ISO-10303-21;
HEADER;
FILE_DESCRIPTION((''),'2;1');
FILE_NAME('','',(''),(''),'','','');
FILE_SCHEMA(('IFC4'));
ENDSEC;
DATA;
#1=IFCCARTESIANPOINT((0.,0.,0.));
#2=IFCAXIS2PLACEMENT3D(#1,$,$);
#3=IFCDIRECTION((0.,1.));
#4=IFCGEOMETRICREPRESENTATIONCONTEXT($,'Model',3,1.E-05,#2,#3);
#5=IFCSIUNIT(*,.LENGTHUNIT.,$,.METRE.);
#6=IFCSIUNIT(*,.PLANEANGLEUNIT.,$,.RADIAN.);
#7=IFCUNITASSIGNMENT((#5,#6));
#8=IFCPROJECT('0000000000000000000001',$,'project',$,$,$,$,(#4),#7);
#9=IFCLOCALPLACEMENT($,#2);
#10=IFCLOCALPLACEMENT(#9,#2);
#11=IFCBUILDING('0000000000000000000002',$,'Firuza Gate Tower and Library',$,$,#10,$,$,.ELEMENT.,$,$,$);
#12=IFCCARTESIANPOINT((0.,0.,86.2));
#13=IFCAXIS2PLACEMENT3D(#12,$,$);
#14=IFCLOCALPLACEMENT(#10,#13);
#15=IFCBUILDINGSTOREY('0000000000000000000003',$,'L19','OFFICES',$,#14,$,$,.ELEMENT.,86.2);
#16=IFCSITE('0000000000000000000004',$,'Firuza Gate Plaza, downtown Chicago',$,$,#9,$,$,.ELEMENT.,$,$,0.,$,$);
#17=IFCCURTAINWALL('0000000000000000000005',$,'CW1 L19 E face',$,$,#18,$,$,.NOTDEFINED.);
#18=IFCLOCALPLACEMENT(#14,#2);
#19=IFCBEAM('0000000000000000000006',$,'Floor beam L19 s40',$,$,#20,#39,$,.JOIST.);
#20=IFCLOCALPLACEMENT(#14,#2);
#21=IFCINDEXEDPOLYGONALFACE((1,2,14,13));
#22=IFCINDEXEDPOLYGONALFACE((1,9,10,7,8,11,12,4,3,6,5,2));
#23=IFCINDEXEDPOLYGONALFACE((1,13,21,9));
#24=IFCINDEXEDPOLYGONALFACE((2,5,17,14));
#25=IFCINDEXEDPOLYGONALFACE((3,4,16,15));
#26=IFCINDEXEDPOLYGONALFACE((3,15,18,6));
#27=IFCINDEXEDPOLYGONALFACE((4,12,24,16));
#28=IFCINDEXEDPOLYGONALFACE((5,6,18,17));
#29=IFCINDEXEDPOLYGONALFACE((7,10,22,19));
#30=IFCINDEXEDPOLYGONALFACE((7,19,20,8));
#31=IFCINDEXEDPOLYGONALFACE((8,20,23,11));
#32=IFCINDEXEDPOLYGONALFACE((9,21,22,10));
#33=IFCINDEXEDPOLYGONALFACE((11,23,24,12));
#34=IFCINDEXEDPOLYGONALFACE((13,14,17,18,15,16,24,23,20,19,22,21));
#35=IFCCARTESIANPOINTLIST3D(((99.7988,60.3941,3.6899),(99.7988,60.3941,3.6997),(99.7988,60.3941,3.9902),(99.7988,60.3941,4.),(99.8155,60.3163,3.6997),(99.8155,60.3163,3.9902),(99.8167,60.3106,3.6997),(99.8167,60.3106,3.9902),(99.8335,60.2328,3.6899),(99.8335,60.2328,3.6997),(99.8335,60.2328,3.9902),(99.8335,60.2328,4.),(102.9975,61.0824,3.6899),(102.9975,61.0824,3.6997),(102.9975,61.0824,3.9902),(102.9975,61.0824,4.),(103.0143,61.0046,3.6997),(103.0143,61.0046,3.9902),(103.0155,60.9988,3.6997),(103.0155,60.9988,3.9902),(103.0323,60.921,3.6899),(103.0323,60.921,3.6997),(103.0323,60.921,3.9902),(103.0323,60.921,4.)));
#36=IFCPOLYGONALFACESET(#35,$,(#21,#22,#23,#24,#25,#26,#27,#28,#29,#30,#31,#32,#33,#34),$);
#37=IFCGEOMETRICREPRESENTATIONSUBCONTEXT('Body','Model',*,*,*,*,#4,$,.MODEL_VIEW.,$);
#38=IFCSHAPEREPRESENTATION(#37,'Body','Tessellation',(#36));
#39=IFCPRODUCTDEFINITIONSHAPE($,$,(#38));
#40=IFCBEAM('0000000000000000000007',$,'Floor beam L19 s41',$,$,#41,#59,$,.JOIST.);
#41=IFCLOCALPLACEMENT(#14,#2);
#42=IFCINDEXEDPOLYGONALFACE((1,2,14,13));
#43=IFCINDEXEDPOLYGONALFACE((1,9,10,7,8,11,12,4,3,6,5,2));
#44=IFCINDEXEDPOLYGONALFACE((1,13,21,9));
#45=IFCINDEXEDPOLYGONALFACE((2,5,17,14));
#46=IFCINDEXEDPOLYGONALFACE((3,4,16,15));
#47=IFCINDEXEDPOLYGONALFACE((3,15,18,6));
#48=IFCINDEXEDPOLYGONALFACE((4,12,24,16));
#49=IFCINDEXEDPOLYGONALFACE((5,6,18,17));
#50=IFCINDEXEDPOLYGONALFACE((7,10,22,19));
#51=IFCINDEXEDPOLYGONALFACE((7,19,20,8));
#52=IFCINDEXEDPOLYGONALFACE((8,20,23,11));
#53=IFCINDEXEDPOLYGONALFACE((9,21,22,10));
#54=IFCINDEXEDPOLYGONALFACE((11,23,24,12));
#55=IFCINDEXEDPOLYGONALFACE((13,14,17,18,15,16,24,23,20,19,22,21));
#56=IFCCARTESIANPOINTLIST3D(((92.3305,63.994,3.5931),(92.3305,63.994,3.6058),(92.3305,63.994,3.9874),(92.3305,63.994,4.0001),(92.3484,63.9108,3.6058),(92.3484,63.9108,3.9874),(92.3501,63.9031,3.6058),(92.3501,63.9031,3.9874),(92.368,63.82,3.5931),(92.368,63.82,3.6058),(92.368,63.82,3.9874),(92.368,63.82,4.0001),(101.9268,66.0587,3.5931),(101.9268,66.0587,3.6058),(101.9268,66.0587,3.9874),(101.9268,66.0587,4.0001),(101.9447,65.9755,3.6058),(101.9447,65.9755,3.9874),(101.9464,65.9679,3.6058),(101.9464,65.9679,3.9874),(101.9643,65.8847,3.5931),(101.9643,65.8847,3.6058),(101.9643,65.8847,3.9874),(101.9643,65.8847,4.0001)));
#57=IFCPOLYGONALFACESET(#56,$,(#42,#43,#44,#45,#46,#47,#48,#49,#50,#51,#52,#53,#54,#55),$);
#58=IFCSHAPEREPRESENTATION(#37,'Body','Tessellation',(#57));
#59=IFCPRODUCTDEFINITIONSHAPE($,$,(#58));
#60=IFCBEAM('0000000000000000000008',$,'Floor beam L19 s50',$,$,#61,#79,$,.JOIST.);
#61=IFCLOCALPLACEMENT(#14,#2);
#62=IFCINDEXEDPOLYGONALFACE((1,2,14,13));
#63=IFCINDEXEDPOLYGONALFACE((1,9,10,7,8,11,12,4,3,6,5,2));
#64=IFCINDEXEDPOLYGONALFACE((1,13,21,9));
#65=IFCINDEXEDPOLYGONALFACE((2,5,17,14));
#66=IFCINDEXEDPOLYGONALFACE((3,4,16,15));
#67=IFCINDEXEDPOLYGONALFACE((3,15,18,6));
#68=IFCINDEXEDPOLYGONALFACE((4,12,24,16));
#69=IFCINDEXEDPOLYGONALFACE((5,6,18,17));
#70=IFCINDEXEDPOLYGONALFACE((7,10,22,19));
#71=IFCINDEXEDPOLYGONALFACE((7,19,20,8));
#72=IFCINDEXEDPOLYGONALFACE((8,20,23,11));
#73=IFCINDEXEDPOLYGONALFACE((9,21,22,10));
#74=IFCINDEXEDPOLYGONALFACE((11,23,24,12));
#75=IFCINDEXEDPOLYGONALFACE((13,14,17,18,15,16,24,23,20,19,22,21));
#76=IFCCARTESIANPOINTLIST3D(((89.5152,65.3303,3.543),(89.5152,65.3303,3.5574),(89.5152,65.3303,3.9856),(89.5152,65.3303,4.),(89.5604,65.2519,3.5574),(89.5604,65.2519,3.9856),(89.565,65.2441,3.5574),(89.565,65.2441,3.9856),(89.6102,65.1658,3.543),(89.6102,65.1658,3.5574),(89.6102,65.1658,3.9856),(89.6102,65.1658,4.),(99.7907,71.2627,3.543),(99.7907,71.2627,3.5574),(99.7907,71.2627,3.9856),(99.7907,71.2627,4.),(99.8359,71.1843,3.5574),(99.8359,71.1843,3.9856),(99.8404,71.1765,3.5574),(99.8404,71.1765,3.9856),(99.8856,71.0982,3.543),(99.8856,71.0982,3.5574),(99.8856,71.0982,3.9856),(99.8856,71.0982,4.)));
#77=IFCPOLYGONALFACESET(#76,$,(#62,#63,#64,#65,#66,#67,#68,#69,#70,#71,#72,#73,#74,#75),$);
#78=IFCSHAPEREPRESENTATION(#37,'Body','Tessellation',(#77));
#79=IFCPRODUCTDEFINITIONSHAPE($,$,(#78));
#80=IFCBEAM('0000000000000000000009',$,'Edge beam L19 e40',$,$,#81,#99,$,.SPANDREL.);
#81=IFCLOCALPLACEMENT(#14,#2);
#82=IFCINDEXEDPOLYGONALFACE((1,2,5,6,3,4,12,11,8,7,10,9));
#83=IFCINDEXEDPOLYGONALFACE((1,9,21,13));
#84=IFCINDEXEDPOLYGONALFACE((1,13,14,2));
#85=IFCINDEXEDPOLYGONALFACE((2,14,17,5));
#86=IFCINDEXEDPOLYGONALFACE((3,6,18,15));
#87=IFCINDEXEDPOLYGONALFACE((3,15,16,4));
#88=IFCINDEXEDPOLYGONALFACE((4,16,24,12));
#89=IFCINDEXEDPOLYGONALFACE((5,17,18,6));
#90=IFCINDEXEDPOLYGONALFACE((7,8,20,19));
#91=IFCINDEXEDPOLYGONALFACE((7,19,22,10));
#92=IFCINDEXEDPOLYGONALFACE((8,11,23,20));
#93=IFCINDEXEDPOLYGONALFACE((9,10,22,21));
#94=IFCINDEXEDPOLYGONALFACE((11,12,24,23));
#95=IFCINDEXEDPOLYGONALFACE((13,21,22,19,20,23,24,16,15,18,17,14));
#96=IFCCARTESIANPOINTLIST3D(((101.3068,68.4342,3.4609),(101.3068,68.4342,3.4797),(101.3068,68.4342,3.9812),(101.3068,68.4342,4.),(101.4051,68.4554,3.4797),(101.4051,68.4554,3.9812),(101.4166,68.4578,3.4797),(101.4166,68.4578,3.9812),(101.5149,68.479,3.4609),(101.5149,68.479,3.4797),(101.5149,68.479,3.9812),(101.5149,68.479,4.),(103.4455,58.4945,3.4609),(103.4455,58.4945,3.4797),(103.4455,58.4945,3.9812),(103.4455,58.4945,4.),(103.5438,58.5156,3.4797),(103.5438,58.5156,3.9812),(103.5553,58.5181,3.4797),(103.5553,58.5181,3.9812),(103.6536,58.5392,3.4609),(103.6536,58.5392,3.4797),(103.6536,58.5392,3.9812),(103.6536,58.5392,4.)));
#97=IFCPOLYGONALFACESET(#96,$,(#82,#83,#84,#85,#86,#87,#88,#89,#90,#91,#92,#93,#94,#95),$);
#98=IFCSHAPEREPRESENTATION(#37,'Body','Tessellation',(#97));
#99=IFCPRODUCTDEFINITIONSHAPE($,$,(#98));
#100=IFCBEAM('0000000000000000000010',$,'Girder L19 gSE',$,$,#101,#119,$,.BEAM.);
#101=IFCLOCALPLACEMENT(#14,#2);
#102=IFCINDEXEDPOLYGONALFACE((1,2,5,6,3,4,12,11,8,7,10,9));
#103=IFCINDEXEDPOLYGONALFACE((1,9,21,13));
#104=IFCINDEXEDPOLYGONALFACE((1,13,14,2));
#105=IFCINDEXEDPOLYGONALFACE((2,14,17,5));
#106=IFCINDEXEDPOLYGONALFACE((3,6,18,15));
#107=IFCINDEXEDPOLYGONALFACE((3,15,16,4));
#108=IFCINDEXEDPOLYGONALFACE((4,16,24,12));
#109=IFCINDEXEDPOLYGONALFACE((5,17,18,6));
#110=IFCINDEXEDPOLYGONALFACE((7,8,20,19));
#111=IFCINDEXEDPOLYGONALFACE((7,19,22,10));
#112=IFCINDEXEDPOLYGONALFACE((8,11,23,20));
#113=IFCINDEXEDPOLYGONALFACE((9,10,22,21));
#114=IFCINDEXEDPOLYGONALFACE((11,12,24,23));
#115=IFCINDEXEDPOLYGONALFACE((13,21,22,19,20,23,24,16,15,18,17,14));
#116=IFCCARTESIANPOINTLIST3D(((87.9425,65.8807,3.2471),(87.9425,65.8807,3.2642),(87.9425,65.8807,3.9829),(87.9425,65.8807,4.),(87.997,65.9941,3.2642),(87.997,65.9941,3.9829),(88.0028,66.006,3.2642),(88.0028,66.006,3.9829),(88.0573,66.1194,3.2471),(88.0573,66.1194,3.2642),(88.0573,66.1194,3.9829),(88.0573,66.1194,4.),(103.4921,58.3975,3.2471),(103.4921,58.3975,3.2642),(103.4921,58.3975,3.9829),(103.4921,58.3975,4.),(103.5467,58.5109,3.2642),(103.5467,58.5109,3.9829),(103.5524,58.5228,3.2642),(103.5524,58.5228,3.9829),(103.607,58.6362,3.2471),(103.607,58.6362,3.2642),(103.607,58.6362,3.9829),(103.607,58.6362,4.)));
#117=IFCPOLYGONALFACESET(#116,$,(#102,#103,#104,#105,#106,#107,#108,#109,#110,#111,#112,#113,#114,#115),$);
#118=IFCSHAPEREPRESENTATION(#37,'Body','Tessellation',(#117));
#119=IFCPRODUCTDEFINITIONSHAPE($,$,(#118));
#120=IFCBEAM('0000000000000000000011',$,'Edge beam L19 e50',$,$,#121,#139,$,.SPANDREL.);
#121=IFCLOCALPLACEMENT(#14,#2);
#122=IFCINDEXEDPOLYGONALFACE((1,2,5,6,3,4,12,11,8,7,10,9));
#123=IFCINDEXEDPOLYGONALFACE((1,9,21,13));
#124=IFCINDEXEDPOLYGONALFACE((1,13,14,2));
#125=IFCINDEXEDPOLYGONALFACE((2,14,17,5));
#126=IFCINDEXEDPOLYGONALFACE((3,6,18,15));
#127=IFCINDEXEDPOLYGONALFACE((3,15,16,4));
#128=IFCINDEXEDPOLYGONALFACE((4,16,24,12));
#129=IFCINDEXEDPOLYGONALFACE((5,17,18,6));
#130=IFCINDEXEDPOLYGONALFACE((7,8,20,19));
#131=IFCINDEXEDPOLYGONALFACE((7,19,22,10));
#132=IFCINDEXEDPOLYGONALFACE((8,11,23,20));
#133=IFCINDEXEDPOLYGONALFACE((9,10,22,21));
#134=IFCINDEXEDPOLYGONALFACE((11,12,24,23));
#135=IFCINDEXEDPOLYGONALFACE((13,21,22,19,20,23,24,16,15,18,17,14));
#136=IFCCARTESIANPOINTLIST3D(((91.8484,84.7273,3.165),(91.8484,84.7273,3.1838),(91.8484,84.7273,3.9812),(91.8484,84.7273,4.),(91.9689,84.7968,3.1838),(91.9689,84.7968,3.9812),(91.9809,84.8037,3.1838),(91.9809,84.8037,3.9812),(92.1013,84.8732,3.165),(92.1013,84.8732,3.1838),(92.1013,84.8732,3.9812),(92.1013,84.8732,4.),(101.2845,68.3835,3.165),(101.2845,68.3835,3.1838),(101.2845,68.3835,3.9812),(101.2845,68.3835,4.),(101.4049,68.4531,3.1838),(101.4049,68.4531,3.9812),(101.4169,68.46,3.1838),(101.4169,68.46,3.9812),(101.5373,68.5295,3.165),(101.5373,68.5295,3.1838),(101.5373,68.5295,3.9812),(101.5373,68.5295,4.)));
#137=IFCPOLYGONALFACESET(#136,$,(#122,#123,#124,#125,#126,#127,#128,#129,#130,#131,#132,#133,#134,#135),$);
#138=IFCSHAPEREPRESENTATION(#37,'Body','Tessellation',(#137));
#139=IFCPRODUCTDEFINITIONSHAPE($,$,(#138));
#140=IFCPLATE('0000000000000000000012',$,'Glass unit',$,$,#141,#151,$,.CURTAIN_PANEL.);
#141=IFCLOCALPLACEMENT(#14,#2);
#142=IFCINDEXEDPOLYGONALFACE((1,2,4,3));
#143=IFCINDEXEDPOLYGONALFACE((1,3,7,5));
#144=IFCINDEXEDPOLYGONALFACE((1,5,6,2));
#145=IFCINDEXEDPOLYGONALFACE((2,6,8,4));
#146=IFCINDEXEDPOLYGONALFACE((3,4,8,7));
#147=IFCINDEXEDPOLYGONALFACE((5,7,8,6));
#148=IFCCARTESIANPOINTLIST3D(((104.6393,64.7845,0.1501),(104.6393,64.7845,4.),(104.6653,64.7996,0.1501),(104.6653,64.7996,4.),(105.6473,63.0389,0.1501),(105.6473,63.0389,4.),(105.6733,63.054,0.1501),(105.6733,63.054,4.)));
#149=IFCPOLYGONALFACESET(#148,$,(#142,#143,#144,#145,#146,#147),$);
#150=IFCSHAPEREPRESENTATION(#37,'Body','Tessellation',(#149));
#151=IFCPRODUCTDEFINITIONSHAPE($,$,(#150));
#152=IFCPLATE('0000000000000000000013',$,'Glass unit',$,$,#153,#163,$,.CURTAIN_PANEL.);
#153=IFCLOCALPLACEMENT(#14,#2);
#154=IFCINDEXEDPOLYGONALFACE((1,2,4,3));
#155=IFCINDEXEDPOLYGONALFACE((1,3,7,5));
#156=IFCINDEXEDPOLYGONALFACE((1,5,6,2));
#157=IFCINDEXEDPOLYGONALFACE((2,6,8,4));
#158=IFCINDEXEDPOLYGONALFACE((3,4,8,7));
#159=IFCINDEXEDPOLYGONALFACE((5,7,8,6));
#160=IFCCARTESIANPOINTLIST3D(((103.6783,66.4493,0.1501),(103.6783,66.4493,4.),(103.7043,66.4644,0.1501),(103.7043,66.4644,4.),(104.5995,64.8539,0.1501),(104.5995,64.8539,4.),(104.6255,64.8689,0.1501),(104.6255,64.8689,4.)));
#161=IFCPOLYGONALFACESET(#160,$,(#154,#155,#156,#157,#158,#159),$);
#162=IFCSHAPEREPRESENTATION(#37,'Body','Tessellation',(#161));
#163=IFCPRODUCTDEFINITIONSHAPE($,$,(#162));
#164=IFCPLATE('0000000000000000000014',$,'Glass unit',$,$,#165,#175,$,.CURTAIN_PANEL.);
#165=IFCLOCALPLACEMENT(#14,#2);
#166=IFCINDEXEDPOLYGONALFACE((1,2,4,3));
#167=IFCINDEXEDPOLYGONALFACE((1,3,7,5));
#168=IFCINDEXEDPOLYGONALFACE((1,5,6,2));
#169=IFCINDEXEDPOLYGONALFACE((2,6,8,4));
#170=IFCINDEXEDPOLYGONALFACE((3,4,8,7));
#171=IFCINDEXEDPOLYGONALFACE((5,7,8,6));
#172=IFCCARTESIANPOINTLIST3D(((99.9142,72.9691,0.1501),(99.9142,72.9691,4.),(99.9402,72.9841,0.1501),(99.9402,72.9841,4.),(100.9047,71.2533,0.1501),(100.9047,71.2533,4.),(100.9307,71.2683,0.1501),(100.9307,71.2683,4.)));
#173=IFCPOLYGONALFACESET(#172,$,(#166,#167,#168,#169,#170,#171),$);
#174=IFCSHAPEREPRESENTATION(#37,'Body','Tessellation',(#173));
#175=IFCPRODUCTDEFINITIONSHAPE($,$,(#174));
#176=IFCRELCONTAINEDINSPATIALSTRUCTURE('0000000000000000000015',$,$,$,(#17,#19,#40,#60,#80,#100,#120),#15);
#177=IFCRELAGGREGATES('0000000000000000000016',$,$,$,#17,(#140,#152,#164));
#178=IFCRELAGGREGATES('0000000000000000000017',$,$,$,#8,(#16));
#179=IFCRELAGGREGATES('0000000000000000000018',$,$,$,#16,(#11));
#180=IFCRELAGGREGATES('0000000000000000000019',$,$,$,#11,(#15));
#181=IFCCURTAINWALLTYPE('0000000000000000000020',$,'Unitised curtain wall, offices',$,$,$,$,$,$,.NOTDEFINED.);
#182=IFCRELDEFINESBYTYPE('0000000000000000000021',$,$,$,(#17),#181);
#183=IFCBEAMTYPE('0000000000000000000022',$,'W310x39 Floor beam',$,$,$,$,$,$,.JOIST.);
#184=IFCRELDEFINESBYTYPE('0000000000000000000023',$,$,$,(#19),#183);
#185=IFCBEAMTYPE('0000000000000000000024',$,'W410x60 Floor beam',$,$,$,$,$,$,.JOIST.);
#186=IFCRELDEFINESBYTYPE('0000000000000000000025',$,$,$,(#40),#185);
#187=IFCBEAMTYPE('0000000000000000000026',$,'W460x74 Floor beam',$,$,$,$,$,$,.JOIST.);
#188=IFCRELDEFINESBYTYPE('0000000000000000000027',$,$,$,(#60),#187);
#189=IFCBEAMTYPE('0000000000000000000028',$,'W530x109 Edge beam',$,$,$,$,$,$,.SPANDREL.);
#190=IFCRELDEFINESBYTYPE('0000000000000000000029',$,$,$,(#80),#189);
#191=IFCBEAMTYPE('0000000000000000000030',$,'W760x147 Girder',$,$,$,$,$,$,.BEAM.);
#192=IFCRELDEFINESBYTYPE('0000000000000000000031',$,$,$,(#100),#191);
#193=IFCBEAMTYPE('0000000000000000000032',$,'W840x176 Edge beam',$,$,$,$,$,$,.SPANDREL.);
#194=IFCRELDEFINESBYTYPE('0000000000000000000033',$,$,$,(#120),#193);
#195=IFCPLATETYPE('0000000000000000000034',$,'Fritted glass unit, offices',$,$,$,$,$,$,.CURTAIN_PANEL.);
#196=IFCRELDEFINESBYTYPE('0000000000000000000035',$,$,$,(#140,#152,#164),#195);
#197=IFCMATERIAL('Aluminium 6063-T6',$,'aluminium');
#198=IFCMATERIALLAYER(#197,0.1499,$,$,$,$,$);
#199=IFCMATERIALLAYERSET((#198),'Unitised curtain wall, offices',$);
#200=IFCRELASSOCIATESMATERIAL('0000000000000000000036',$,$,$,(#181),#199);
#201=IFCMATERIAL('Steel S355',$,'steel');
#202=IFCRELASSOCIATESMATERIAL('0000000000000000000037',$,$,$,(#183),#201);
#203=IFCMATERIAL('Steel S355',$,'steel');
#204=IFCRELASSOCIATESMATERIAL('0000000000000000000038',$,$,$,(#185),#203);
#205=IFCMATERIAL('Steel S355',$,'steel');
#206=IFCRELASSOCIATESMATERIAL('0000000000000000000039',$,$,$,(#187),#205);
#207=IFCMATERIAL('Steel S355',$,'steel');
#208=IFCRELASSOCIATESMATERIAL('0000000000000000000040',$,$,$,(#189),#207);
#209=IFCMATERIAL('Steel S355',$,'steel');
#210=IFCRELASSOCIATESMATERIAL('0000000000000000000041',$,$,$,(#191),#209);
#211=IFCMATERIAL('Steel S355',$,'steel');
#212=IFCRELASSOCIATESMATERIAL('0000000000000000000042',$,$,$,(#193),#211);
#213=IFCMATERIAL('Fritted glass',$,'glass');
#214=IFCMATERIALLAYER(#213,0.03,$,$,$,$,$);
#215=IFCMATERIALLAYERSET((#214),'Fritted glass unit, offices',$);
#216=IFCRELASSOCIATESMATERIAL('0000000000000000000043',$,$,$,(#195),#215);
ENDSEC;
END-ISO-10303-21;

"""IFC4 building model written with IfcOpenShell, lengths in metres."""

from ifc_helpers import new_model, si_unit, direction, frame, origin, origin_2d, place, context, subcontext, project, spatial, polyline, i_section, outline, extrude, material, layer, layer_set, material_profile, profile_set, type_object, element, aggregate, save


model = new_model("IFC4")

# Units and contexts
model_context = context("Model", 3, precision=1e-05, world=origin(), true_north=direction((0.0, 1.0)))
body_context = subcontext(model_context, "Body", "Model", "MODEL_VIEW")
ifc_project = project(units=[si_unit("LENGTHUNIT", "METRE"), si_unit("PLANEANGLEUNIT", "RADIAN")], contexts=[model_context])

# Site, building, storey
site_placement = place(None, origin())
site = spatial("IfcSite", under=ifc_project, at=site_placement, Name="Firuza Gate Plaza, downtown Chicago", CompositionType="ELEMENT", RefElevation=0.0)
building_placement = place(site_placement, origin())
building = spatial("IfcBuilding", under=site, at=building_placement, Name="Firuza Gate Tower and Library", CompositionType="ELEMENT")
storey_placement = place(building_placement, frame((0.0, 0.0, 86.2)))
storey = spatial("IfcBuildingStorey", under=building, at=storey_placement, Name="L19", Description="OFFICES", CompositionType="ELEMENT", Elevation=86.2)

# Curtain wall
ifc_material_1 = material(Name="Aluminium 6063-T6", Category="aluminium")
ifc_layer_1 = layer(ifc_material_1, 0.1499)
ifc_layer_set_1 = layer_set([ifc_layer_1], Name="Unitised curtain wall, offices")
curtain_wall_type_1 = type_object("IfcCurtainWallType", Name="Unitised curtain wall, offices", PredefinedType="NOTDEFINED", material=ifc_layer_set_1)
placement = place(storey_placement, origin())
curtain_wall_1 = element("IfcCurtainWall", 1, at=placement, inside=storey, type_object=curtain_wall_type_1, Name="CW1 L19 E face", PredefinedType="NOTDEFINED")

# Beams
ifc_material_2 = material(Name="Steel S355", Category="steel")
ifc_material_profile_1 = material_profile(ifc_material_2, i_section(OverallWidth=0.165, OverallDepth=0.3101, WebThickness=0.0059, FlangeThickness=0.0098, at=origin_2d()))
ifc_profile_set_1 = profile_set([ifc_material_profile_1], Name="Steel S355")
beam_type_1 = type_object("IfcBeamType", Name="W310x39 Floor beam", PredefinedType="JOIST", material=ifc_profile_set_1)
beam_1_placement = place(storey_placement, frame((103.0149, 61.0017, 3.845), z_axis=(-0.977627, -0.210344, 0.0), x_axis=(0.210344, -0.977627, 0.0)))
element("IfcBeam", 2, at=beam_1_placement, inside=storey, type_object=beam_type_1, Name="Floor beam L19 s40", PredefinedType="JOIST", context=body_context, shape_type="SweptSolid", body=[
    extrude(i_section(OverallWidth=0.165, OverallDepth=0.3101, WebThickness=0.0059, FlangeThickness=0.0098, at=origin_2d()), origin(), (0.0, 0.0, 1.0), 3.272),
])
ifc_material_3 = material(Name="Steel S355", Category="steel")
ifc_material_profile_2 = material_profile(ifc_material_3, i_section(OverallWidth=0.178, OverallDepth=0.407, WebThickness=0.0078, FlangeThickness=0.0127, at=origin_2d()))
ifc_profile_set_2 = profile_set([ifc_material_profile_2], Name="Steel S355")
beam_type_2 = type_object("IfcBeamType", Name="W410x60 Floor beam", PredefinedType="JOIST", material=ifc_profile_set_2)
beam_2_placement = place(storey_placement, frame((101.9456, 65.9717, 3.7966), z_axis=(-0.977627, -0.210344, 0.0), x_axis=(0.210344, -0.977627, 0.0)))
element("IfcBeam", 3, at=beam_2_placement, inside=storey, type_object=beam_type_2, Name="Floor beam L19 s41", PredefinedType="JOIST", context=body_context, shape_type="SweptSolid", body=[
    extrude(i_section(OverallWidth=0.178, OverallDepth=0.407, WebThickness=0.0078, FlangeThickness=0.0127, at=origin_2d()), origin(), (0.0, 0.0, 1.0), 9.8159),
])
ifc_material_4 = material(Name="Steel S355", Category="steel")
ifc_material_profile_3 = material_profile(ifc_material_4, i_section(OverallWidth=0.1899, OverallDepth=0.457, WebThickness=0.009, FlangeThickness=0.0144, at=origin_2d()))
ifc_profile_set_3 = profile_set([ifc_material_profile_3], Name="Steel S355")
beam_type_3 = type_object("IfcBeamType", Name="W460x74 Floor beam", PredefinedType="JOIST", material=ifc_profile_set_3)
beam_3_placement = place(storey_placement, frame((99.8381, 71.1804, 3.7715), z_axis=(-0.86603, -0.499992, 0.0), x_axis=(0.499992, -0.86603, 0.0)))
element("IfcBeam", 4, at=beam_3_placement, inside=storey, type_object=beam_type_3, Name="Floor beam L19 s50", PredefinedType="JOIST", context=body_context, shape_type="SweptSolid", body=[
    extrude(i_section(OverallWidth=0.1899, OverallDepth=0.457, WebThickness=0.009, FlangeThickness=0.0144, at=origin_2d()), origin(), (0.0, 0.0, 1.0), 11.865),
])
ifc_material_5 = material(Name="Steel S355", Category="steel")
ifc_material_profile_4 = material_profile(ifc_material_5, i_section(OverallWidth=0.2129, OverallDepth=0.5391, WebThickness=0.0117, FlangeThickness=0.0188, at=origin_2d()))
ifc_profile_set_4 = profile_set([ifc_material_profile_4], Name="Steel S355")
beam_type_4 = type_object("IfcBeamType", Name="W530x109 Edge beam", PredefinedType="SPANDREL", material=ifc_profile_set_4)
beam_4_placement = place(storey_placement, frame((103.5496, 58.5168, 3.7305), z_axis=(-0.210351, 0.977626, 0.0), x_axis=(-0.977626, -0.210351, 0.0)))
element("IfcBeam", 5, at=beam_4_placement, inside=storey, type_object=beam_type_4, Name="Edge beam L19 e40", PredefinedType="SPANDREL", context=body_context, shape_type="SweptSolid", body=[
    extrude(i_section(OverallWidth=0.2129, OverallDepth=0.5391, WebThickness=0.0117, FlangeThickness=0.0188, at=origin_2d()), origin(), (0.0, 0.0, 1.0), 10.1672),
])
ifc_material_6 = material(Name="Steel S355", Category="steel")
ifc_material_profile_5 = material_profile(ifc_material_6, i_section(OverallWidth=0.2649, OverallDepth=0.7529, WebThickness=0.0132, FlangeThickness=0.0171, at=origin_2d()))
ifc_profile_set_5 = profile_set([ifc_material_profile_5], Name="Steel S355")
beam_type_5 = type_object("IfcBeamType", Name="W760x147 Girder", PredefinedType="BEAM", material=ifc_profile_set_5)
beam_5_placement = place(storey_placement, frame((103.5496, 58.5168, 3.6235), z_axis=(-0.901085, 0.433643, 0.0), x_axis=(-0.433643, -0.901085, 0.0)))
element("IfcBeam", 6, at=beam_5_placement, inside=storey, type_object=beam_type_5, Name="Girder L19 gSE", PredefinedType="BEAM", context=body_context, shape_type="SweptSolid", body=[
    extrude(i_section(OverallWidth=0.2649, OverallDepth=0.7529, WebThickness=0.0132, FlangeThickness=0.0171, at=origin_2d()), origin(), (0.0, 0.0, 1.0), 17.2566),
])
ifc_material_7 = material(Name="Steel S355", Category="steel")
ifc_material_profile_6 = material_profile(ifc_material_7, i_section(OverallWidth=0.292, OverallDepth=0.835, WebThickness=0.0139, FlangeThickness=0.0188, at=origin_2d()))
ifc_profile_set_6 = profile_set([ifc_material_profile_6], Name="Steel S355")
beam_type_6 = type_object("IfcBeamType", Name="W840x176 Edge beam", PredefinedType="SPANDREL", material=ifc_profile_set_6)
beam_6_placement = place(storey_placement, frame((101.4109, 68.4565, 3.5825), z_axis=(-0.499999, 0.866026, 0.0), x_axis=(-0.866026, -0.499999, 0.0)))
element("IfcBeam", 7, at=beam_6_placement, inside=storey, type_object=beam_type_6, Name="Edge beam L19 e50", PredefinedType="SPANDREL", context=body_context, shape_type="SweptSolid", body=[
    extrude(i_section(OverallWidth=0.292, OverallDepth=0.835, WebThickness=0.0139, FlangeThickness=0.0188, at=origin_2d()), origin(), (0.0, 0.0, 1.0), 18.8721),
])

# Plates
ifc_material_8 = material(Name="Fritted glass", Category="glass")
ifc_layer_2 = layer(ifc_material_8, 0.03)
ifc_layer_set_2 = layer_set([ifc_layer_2], Name="Fritted glass unit, offices")
plate_type_1 = type_object("IfcPlateType", Name="Fritted glass unit, offices", PredefinedType="CURTAIN_PANEL", material=ifc_layer_set_2)
plate_1_placement = place(storey_placement, frame((105.6733, 63.054, 0.1501), z_axis=(0.865976, 0.500086, 0.0), x_axis=(-0.500086, 0.865976, 0.0)))
plate_1 = element("IfcPlate", 8, at=plate_1_placement, type_object=plate_type_1, Name="Glass unit", PredefinedType="CURTAIN_PANEL", context=body_context, shape_type="SweptSolid", body=[
    extrude(outline(polyline([(0.0, 0.0), (2.0158, 0.0), (2.0158, 3.8499), (0.0, 3.8499), (0.0, 0.0)])), origin(), (0.0, 0.0, -1.0), 0.03),
])
plate_2_placement = place(storey_placement, frame((104.6255, 64.8689, 0.1501), z_axis=(0.866024, 0.500002, 0.0), x_axis=(-0.500002, 0.866024, 0.0)))
plate_2 = element("IfcPlate", 9, at=plate_2_placement, type_object=plate_type_1, Name="Glass unit", PredefinedType="CURTAIN_PANEL", context=body_context, shape_type="SweptSolid", body=[
    extrude(outline(polyline([(0.0, 0.0), (1.8423, 0.0), (1.8423, 3.8499), (0.0, 3.8499), (0.0, 0.0)])), origin(), (0.0, 0.0, -1.0), 0.03),
])
plate_3_placement = place(storey_placement, frame((100.9307, 71.2683, 0.1501), z_axis=(0.866058, 0.499943, 0.0), x_axis=(-0.499943, 0.866058, 0.0)))
plate_3 = element("IfcPlate", 10, at=plate_3_placement, type_object=plate_type_1, Name="Glass unit", PredefinedType="CURTAIN_PANEL", context=body_context, shape_type="SweptSolid", body=[
    extrude(outline(polyline([(0.0, 0.0), (1.9812, 0.0), (1.9812, 3.8499), (0.0, 3.8499), (0.0, 0.0)])), origin(), (0.0, 0.0, -1.0), 0.03),
])
aggregate(curtain_wall_1, [plate_1, plate_2, plate_3])

save(model, "model.ifc")
